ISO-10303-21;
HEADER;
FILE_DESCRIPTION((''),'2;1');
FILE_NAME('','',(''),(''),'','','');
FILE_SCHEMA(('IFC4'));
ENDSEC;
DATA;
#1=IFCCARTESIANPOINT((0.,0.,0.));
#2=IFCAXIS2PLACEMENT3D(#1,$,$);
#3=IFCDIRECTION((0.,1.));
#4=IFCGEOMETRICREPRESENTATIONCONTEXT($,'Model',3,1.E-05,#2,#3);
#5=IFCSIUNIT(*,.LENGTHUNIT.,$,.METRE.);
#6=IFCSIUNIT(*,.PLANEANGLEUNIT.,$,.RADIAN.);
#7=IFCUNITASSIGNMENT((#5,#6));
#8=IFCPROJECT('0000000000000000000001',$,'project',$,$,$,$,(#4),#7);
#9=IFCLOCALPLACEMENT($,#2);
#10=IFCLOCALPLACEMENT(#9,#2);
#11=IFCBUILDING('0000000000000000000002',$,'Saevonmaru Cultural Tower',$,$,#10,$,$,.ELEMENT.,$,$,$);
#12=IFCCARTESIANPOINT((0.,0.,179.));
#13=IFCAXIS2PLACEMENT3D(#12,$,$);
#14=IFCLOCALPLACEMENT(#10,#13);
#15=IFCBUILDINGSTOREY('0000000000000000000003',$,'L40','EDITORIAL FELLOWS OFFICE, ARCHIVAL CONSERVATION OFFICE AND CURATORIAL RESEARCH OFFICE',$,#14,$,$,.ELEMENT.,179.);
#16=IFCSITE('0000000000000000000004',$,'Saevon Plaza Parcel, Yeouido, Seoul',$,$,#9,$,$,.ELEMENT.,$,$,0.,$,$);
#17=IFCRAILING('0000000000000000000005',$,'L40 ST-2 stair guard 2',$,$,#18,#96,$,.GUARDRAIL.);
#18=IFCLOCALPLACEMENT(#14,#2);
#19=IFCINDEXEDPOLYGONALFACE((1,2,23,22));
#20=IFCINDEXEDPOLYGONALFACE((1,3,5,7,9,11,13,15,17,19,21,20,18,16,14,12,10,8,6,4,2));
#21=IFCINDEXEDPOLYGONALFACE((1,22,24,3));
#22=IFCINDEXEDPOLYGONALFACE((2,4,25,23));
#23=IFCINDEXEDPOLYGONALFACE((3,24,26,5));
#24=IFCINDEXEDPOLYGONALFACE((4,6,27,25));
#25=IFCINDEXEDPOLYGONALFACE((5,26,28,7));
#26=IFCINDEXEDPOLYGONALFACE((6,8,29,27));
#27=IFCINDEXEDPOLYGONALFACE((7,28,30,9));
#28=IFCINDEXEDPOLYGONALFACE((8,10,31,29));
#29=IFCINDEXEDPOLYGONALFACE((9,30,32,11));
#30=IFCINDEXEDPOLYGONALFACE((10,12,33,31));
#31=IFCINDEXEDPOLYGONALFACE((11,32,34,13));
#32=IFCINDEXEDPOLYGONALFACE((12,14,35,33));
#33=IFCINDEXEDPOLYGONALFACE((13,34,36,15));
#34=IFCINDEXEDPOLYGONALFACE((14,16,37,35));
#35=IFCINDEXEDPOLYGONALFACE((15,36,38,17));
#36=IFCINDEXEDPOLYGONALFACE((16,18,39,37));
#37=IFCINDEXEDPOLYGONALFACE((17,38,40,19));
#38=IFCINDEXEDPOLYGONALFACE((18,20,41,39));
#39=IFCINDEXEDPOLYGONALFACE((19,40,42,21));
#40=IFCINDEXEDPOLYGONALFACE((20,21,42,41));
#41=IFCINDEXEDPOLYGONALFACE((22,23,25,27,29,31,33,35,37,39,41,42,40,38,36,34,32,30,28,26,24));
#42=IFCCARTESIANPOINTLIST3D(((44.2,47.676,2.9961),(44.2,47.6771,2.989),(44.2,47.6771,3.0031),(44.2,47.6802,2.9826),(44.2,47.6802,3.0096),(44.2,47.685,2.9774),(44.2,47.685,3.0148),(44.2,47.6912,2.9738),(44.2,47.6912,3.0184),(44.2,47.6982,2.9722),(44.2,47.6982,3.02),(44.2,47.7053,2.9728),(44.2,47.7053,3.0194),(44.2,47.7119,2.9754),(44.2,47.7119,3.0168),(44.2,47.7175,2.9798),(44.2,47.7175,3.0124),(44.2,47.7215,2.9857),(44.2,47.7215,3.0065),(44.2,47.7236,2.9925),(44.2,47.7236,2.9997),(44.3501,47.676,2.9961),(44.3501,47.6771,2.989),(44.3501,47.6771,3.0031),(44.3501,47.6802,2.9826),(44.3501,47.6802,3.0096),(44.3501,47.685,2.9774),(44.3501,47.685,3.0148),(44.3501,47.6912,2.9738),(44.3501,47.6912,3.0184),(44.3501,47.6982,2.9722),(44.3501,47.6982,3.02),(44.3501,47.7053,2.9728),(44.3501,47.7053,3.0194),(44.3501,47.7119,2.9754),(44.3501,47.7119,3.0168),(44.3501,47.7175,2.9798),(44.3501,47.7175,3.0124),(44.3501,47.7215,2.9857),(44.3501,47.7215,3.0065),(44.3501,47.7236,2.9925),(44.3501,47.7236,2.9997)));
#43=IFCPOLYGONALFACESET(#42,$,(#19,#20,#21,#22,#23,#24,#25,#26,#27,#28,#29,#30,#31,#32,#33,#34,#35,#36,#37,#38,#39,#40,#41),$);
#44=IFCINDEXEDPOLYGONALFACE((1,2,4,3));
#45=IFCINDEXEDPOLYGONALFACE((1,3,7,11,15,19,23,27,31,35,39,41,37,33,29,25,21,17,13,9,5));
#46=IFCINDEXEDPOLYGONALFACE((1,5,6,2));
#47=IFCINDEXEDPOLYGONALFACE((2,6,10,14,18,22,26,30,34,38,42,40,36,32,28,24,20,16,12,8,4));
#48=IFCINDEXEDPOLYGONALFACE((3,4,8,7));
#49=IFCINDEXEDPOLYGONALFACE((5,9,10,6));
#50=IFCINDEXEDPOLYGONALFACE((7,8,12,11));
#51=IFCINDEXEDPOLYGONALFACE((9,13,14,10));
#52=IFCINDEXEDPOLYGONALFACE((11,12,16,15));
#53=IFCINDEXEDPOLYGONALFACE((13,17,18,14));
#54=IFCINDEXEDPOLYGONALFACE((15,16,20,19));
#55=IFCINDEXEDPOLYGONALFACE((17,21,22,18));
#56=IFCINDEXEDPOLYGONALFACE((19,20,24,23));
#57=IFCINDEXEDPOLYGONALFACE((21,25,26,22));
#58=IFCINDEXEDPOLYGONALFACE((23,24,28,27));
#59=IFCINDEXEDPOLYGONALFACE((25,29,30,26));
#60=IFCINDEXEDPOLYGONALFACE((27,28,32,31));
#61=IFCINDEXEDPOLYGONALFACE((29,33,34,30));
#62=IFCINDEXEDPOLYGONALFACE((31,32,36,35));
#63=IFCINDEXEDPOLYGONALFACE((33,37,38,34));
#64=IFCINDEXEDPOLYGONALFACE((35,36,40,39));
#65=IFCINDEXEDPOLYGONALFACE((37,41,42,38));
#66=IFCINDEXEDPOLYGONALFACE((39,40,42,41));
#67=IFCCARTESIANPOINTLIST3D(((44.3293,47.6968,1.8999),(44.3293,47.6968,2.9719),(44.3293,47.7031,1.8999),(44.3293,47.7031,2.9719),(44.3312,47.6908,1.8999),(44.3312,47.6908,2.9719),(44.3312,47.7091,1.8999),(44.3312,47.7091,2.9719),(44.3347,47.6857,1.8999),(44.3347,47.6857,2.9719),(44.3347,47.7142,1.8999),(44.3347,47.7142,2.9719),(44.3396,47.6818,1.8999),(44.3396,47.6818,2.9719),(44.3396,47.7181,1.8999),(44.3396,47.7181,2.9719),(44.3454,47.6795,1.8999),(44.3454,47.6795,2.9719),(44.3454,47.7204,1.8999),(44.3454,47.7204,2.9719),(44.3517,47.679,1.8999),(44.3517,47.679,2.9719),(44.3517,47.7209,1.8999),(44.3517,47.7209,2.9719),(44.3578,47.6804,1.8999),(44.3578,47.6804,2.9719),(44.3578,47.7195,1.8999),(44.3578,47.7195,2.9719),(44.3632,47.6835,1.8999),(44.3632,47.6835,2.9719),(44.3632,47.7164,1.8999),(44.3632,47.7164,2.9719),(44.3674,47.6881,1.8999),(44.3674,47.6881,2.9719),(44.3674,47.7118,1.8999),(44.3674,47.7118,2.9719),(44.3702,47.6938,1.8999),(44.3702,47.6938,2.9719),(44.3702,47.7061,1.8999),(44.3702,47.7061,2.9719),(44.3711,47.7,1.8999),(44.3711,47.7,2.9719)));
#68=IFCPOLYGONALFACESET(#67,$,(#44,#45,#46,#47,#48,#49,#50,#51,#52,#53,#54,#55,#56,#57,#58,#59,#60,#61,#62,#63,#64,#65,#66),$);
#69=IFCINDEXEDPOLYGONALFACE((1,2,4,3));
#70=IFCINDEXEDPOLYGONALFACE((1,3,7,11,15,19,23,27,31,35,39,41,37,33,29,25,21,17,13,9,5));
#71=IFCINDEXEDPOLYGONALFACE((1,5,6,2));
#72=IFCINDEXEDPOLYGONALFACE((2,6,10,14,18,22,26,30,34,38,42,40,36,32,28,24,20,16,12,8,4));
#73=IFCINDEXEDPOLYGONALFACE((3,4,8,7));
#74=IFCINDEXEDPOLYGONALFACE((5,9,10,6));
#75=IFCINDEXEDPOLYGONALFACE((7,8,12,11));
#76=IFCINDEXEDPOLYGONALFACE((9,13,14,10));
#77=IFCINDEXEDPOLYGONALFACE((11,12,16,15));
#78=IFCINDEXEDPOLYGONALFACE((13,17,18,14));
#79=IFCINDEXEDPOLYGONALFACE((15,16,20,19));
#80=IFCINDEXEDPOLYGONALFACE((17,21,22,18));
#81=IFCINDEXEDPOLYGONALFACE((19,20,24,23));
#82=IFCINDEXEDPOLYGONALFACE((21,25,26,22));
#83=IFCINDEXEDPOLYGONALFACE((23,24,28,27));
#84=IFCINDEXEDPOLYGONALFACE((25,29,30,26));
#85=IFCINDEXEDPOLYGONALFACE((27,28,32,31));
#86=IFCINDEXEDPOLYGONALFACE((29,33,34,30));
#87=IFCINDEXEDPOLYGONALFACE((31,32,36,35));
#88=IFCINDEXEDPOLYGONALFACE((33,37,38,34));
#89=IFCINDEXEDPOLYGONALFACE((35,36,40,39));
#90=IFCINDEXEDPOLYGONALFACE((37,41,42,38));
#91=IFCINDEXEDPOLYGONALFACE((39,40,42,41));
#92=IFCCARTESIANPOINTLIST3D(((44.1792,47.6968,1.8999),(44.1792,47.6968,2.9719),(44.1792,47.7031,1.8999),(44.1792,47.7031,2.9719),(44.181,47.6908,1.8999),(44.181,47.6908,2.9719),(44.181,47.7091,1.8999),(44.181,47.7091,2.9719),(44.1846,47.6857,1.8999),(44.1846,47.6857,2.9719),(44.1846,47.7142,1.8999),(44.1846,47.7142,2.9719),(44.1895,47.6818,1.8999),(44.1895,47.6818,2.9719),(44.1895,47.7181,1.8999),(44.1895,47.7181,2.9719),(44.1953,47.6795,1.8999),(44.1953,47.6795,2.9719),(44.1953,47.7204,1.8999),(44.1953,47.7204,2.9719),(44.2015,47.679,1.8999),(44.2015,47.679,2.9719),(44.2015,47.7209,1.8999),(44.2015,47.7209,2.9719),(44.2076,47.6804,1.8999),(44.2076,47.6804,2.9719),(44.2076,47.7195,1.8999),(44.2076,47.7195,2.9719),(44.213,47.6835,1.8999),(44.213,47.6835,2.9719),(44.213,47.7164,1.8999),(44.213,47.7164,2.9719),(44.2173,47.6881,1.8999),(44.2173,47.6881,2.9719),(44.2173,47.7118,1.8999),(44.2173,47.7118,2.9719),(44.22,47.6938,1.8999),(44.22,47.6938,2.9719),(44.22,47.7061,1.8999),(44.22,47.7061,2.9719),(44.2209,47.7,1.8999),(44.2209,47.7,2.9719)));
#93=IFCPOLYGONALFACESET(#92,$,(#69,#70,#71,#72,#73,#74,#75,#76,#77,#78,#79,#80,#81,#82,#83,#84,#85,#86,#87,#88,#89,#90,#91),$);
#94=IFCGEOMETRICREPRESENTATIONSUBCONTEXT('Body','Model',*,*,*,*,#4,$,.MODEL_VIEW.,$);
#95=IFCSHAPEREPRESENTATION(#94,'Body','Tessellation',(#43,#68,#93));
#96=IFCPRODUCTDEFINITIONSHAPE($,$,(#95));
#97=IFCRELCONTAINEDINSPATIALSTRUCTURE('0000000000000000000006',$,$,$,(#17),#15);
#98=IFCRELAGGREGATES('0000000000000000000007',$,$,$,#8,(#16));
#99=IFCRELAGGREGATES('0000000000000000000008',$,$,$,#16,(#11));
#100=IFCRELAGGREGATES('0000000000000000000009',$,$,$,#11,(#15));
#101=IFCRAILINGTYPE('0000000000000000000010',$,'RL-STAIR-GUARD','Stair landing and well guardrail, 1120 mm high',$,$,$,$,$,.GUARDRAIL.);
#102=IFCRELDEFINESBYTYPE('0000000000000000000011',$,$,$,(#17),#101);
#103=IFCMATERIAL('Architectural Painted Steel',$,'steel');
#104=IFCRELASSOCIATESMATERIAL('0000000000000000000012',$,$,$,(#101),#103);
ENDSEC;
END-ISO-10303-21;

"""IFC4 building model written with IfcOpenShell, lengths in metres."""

from ifc_helpers import new_model, si_unit, direction, frame, origin, origin_2d, place, context, subcontext, project, spatial, circle, extrude, material, type_object, element, save


model = new_model("IFC4")

# Units and contexts
model_context = context("Model", 3, precision=1e-05, world=origin(), true_north=direction((0.0, 1.0)))
body_context = subcontext(model_context, "Body", "Model", "MODEL_VIEW")
ifc_project = project(units=[si_unit("LENGTHUNIT", "METRE"), si_unit("PLANEANGLEUNIT", "RADIAN")], contexts=[model_context])

# Site, building, storey
site_placement = place(None, origin())
site = spatial("IfcSite", under=ifc_project, at=site_placement, Name="Saevon Plaza Parcel, Yeouido, Seoul", CompositionType="ELEMENT", RefElevation=0.0)
building_placement = place(site_placement, origin())
building = spatial("IfcBuilding", under=site, at=building_placement, Name="Saevonmaru Cultural Tower", CompositionType="ELEMENT")
storey_placement = place(building_placement, frame((0.0, 0.0, 179.0)))
storey = spatial("IfcBuildingStorey", under=building, at=storey_placement, Name="L40", Description="EDITORIAL FELLOWS OFFICE, ARCHIVAL CONSERVATION OFFICE AND CURATORIAL RESEARCH OFFICE", CompositionType="ELEMENT", Elevation=179.0)

# Railing
ifc_material_1 = material(Name="Architectural Painted Steel", Category="steel")
railing_type_1 = type_object("IfcRailingType", Name="RL-STAIR-GUARD", Description="Stair landing and well guardrail, 1120 mm high", PredefinedType="GUARDRAIL", material=ifc_material_1)
railing_1_placement = place(storey_placement, frame((44.3501, 47.7, 1.8999)))
element("IfcRailing", 1, at=railing_1_placement, inside=storey, type_object=railing_type_1, Name="L40 ST-2 stair guard 2", PredefinedType="GUARDRAIL", context=body_context, shape_type="SweptSolid", body=[
    extrude(circle(Radius=0.0239, at=origin_2d()), frame((0.0, 0.0, 1.0962), z_axis=(-1.0, 0.0, 0.0), x_axis=(0.0, -1.0, 0.0)), (0.0, 0.0, 1.0), 0.1501),
    extrude(circle(Radius=0.021, at=origin_2d()), origin(), (0.0, 0.0, 1.0), 1.072),
    extrude(circle(Radius=0.021, at=origin_2d()), frame((-0.1501, 0.0, 0.0)), (0.0, 0.0, 1.0), 1.072),
])

save(model, "model.ifc")
